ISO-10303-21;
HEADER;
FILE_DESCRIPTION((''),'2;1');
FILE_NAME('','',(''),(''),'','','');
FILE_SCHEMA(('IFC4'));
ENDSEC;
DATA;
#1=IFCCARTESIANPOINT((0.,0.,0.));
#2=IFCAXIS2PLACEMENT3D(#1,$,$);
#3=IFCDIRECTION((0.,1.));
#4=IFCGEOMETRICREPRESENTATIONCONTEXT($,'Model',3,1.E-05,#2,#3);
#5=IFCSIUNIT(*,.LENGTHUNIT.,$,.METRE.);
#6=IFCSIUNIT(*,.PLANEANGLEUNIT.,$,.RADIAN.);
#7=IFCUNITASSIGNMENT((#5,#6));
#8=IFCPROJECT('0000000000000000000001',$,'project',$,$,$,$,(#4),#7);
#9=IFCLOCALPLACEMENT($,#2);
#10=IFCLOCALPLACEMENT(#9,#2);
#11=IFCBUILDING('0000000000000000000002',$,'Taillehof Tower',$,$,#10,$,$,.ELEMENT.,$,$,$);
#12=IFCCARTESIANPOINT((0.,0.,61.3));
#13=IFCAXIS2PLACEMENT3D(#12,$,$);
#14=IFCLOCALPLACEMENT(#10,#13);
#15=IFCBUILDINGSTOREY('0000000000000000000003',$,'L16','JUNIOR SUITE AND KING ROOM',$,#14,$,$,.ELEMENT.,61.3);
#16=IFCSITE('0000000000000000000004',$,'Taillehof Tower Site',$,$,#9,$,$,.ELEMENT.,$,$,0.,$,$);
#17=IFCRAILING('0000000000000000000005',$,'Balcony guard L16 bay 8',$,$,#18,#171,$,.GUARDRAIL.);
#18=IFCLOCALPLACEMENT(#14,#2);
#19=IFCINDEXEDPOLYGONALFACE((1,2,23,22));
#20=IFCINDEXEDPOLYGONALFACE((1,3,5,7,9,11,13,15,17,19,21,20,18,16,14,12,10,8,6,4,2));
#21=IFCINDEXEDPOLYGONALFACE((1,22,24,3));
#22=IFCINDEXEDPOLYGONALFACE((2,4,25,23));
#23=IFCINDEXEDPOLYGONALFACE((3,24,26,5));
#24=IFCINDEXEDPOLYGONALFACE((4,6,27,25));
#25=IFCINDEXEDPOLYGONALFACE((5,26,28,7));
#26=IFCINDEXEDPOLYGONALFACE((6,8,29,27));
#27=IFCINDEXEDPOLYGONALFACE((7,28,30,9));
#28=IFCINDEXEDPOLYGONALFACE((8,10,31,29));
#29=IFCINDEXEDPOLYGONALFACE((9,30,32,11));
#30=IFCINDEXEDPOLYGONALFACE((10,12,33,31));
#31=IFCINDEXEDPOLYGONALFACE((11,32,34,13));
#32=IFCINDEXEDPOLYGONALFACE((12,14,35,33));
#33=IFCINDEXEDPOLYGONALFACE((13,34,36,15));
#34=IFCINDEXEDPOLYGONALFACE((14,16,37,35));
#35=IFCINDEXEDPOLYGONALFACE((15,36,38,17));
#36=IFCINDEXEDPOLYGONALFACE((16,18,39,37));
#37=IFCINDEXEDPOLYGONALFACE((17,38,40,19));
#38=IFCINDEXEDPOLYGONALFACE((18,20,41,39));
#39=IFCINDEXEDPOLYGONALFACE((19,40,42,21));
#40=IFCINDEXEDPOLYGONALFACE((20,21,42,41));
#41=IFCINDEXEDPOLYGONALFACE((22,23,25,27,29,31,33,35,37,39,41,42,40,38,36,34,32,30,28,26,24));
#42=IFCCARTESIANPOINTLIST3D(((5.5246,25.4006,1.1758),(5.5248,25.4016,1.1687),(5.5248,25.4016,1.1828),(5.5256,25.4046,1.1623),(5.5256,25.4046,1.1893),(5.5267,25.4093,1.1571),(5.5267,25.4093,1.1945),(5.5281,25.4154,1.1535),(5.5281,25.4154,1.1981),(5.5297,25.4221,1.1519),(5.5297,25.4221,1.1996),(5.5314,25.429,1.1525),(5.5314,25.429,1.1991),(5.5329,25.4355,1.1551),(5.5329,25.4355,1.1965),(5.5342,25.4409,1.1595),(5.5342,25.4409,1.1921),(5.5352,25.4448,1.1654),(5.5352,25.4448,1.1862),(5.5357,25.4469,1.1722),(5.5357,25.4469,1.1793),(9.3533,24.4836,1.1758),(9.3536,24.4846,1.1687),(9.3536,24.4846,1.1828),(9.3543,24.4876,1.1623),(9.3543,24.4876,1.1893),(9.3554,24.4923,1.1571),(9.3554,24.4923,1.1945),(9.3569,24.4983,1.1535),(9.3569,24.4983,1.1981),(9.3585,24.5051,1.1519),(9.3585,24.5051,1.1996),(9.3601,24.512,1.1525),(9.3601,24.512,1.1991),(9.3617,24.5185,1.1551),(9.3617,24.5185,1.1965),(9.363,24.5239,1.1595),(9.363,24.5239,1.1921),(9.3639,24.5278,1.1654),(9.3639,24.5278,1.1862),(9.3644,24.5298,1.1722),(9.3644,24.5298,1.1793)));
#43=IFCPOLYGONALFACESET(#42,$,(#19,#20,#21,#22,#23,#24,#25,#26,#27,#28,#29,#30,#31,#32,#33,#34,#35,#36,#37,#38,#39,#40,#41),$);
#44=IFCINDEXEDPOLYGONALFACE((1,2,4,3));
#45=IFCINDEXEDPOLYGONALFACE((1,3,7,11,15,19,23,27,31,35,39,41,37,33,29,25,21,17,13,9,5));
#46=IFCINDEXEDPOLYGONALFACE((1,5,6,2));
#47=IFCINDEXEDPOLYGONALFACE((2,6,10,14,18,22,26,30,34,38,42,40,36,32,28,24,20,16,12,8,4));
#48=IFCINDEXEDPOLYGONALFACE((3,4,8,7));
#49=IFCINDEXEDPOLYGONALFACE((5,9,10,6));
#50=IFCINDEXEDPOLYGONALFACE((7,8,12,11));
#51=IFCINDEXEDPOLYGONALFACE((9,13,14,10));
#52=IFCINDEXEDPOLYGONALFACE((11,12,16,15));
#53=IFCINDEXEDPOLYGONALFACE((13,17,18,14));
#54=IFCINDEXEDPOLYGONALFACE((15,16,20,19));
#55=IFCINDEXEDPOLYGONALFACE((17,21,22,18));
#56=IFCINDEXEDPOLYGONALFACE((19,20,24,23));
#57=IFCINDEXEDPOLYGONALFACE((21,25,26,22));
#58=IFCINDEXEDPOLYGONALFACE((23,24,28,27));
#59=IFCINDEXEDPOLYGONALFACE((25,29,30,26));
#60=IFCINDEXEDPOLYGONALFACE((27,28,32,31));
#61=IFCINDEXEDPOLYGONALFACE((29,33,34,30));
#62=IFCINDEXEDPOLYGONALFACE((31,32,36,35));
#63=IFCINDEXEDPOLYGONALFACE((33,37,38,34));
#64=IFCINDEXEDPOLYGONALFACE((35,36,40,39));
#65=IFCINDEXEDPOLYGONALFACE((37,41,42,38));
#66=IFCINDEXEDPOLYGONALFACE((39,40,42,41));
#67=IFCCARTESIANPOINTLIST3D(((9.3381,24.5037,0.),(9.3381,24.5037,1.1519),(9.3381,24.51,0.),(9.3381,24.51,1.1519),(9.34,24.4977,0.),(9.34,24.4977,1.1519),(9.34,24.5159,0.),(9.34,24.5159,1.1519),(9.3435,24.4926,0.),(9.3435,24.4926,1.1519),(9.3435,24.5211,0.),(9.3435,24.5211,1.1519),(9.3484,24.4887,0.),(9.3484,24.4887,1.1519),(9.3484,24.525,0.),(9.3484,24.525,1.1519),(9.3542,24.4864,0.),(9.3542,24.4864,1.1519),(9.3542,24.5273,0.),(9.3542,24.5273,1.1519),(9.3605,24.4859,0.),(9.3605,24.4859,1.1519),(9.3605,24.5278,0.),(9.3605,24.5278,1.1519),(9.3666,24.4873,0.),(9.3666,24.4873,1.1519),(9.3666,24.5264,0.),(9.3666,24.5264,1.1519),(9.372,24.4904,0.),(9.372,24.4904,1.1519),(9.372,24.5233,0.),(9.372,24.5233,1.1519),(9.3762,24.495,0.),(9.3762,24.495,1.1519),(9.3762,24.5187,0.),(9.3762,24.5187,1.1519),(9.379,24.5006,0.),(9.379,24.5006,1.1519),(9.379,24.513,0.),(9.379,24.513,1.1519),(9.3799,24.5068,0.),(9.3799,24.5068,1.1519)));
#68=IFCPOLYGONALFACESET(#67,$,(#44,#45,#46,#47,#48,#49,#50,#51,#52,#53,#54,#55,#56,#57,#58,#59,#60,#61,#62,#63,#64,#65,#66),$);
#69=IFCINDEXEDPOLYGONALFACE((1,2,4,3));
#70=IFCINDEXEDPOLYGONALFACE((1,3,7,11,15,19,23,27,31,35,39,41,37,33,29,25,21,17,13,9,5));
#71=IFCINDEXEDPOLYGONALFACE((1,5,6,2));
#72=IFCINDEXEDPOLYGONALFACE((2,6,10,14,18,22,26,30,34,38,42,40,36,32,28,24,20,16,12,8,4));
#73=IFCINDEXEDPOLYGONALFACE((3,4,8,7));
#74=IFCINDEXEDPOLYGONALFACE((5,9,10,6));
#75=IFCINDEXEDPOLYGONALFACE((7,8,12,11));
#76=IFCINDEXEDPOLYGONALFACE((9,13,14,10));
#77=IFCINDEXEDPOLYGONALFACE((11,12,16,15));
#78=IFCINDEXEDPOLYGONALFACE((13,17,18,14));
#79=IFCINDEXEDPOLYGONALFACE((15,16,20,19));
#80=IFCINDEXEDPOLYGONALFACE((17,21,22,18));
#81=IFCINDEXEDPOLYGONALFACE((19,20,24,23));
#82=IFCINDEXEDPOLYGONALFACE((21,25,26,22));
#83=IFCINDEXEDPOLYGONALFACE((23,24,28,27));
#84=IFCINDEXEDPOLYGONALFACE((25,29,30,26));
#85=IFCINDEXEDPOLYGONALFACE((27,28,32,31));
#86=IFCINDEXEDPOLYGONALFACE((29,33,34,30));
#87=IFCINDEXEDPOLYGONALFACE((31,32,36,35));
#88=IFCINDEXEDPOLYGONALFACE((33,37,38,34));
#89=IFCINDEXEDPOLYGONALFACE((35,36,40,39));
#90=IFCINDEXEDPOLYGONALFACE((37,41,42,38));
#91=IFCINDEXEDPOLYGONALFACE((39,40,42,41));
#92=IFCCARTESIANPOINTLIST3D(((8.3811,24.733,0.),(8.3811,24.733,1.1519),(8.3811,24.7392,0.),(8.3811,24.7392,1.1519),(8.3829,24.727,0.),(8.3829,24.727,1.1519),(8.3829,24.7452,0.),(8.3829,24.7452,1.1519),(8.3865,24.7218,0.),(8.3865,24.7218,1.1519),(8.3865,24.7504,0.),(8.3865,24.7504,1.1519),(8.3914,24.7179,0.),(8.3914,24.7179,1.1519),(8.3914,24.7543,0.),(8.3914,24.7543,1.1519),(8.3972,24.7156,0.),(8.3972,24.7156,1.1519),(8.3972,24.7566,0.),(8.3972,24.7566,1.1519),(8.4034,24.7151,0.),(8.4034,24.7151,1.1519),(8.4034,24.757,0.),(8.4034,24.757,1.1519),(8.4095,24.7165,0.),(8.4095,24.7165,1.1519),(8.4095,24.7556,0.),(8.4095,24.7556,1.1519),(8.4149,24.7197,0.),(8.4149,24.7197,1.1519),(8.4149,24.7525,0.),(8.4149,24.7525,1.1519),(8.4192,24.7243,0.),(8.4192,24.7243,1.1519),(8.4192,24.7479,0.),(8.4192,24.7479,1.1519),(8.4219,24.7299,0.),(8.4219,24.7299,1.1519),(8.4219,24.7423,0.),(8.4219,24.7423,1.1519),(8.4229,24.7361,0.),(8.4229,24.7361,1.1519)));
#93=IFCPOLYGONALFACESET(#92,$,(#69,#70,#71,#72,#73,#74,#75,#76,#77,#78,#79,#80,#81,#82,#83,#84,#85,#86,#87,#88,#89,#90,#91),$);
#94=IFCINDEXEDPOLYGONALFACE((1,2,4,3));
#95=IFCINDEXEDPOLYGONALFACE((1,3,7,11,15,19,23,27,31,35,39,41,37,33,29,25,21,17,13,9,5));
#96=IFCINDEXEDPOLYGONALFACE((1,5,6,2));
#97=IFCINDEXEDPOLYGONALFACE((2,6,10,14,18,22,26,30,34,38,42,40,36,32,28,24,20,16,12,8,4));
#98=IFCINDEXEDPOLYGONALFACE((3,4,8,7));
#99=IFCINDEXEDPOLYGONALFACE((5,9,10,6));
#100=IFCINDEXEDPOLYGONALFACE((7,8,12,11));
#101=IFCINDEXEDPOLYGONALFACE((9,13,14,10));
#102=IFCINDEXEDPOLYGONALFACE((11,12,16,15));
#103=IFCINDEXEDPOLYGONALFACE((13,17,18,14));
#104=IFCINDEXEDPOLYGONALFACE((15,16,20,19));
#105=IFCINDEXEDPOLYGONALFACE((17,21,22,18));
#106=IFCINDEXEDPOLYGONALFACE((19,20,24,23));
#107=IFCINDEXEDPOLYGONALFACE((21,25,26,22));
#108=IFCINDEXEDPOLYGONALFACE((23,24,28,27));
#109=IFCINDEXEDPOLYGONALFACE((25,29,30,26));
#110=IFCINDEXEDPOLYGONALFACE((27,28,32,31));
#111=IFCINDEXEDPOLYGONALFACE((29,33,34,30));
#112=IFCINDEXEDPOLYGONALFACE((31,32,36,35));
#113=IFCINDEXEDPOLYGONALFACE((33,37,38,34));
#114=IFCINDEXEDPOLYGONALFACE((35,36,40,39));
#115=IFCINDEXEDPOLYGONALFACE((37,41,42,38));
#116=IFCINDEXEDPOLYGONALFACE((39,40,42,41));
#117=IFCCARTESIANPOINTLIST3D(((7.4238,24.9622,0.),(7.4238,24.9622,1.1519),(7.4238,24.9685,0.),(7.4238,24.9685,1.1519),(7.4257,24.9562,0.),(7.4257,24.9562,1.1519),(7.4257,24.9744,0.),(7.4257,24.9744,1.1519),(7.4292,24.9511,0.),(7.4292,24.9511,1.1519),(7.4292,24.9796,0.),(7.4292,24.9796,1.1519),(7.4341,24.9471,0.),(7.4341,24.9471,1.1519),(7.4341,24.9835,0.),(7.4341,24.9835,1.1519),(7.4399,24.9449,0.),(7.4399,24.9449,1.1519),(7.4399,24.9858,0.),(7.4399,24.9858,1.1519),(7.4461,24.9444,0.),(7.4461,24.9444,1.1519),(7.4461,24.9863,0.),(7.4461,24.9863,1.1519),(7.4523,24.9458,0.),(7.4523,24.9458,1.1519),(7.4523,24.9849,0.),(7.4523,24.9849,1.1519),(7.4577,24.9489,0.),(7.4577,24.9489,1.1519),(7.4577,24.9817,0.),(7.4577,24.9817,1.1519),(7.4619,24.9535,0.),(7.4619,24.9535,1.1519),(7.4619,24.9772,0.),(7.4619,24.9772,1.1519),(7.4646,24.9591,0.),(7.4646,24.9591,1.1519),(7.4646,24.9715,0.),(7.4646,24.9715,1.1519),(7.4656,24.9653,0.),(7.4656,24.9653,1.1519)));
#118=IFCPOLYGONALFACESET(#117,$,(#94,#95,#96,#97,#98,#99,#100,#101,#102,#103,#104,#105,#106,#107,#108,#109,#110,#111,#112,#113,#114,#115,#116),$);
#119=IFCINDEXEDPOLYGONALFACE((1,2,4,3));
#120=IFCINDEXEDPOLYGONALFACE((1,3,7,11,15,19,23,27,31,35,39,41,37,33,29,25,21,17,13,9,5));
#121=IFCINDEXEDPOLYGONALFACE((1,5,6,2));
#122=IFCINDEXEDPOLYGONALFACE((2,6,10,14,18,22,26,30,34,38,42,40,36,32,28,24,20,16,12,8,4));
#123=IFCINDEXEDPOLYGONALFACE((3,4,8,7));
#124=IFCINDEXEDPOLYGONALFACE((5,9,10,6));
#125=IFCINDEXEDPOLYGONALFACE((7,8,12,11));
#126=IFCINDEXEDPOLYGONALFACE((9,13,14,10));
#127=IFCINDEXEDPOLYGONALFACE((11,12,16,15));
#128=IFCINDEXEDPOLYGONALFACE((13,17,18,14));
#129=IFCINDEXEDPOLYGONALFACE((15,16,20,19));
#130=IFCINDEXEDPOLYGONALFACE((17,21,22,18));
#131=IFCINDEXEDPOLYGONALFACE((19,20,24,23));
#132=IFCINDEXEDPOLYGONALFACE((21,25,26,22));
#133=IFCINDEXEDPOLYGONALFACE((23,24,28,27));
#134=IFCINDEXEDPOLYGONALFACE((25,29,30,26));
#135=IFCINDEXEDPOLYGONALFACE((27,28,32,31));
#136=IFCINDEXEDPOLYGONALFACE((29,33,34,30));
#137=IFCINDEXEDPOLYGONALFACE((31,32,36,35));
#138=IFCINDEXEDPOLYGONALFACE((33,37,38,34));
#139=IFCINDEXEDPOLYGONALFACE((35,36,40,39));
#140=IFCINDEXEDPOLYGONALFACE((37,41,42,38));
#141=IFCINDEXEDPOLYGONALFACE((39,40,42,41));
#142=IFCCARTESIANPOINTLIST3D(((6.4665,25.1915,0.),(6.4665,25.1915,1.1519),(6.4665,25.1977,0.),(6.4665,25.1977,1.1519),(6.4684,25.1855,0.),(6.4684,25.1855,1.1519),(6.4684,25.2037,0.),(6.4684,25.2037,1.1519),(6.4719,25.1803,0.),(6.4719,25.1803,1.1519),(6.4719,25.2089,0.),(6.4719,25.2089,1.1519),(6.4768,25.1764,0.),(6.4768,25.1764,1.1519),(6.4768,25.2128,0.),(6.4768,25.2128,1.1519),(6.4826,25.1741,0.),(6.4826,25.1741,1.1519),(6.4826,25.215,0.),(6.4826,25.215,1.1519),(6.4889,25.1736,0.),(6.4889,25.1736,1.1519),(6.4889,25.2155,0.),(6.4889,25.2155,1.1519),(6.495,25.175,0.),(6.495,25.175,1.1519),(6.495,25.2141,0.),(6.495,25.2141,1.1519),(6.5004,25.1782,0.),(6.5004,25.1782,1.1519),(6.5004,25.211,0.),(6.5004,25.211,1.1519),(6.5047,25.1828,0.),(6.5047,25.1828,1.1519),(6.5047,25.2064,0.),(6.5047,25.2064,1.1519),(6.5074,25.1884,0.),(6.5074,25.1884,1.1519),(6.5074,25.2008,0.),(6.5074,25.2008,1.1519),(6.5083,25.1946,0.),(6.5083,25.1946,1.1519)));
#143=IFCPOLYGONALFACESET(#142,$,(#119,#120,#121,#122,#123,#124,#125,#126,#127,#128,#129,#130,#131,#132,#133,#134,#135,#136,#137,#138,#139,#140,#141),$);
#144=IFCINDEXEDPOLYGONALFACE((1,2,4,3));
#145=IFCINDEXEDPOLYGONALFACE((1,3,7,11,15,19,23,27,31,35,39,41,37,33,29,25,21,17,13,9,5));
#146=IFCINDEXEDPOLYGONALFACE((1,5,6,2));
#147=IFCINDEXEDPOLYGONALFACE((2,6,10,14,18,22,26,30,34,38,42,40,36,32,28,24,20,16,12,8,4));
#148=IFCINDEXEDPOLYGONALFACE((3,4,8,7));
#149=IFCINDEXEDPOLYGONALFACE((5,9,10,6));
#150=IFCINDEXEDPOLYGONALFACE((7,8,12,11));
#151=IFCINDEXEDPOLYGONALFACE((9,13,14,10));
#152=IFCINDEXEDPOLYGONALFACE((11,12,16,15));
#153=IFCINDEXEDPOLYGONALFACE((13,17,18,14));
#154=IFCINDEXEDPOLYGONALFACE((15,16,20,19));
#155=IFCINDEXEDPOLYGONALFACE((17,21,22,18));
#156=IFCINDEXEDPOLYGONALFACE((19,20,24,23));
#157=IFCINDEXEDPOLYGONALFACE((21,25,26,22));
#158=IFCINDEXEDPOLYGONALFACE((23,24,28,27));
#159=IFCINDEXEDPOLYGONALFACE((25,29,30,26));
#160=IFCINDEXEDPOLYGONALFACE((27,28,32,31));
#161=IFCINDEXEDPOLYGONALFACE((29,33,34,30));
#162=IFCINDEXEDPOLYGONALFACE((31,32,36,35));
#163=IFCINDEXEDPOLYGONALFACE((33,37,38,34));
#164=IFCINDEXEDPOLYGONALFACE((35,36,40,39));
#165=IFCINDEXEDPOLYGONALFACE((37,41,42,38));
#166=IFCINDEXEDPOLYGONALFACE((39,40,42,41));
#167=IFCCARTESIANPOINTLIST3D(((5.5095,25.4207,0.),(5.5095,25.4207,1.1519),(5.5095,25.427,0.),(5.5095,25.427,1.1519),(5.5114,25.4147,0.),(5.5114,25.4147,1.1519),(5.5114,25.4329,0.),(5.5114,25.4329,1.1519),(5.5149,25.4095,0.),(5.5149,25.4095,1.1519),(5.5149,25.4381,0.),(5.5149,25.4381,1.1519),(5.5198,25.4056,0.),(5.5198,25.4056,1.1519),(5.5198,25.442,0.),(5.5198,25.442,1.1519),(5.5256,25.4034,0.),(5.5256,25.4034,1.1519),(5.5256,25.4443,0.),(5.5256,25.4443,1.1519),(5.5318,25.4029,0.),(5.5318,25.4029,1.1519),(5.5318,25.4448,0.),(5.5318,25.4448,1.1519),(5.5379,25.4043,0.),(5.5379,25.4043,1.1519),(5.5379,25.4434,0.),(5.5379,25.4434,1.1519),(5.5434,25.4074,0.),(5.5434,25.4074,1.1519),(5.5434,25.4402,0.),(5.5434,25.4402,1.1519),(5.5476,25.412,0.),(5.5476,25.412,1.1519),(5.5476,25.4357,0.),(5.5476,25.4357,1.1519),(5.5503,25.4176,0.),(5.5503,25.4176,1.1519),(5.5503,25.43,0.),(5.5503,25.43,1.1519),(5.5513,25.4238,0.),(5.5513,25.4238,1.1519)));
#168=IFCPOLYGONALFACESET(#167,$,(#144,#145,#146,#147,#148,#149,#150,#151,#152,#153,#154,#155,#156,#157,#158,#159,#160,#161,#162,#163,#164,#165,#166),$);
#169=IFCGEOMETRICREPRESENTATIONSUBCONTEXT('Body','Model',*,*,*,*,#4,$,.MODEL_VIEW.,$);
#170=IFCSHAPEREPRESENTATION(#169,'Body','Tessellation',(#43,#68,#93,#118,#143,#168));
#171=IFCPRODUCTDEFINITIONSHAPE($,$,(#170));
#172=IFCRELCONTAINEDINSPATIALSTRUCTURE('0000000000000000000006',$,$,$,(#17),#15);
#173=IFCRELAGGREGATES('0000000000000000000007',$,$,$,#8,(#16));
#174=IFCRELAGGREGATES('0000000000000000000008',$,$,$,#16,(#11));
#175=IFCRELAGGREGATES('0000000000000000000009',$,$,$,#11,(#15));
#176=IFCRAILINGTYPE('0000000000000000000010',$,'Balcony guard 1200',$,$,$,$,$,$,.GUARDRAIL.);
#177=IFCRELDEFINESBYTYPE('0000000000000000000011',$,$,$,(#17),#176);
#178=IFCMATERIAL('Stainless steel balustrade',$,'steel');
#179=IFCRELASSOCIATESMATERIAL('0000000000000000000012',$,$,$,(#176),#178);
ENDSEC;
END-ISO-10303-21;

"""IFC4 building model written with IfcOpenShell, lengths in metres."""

from ifc_helpers import new_model, si_unit, direction, frame, origin, origin_2d, place, context, subcontext, project, spatial, circle, extrude, material, type_object, element, save


model = new_model("IFC4")

# Units and contexts
model_context = context("Model", 3, precision=1e-05, world=origin(), true_north=direction((0.0, 1.0)))
body_context = subcontext(model_context, "Body", "Model", "MODEL_VIEW")
ifc_project = project(units=[si_unit("LENGTHUNIT", "METRE"), si_unit("PLANEANGLEUNIT", "RADIAN")], contexts=[model_context])

# Site, building, storey
site_placement = place(None, origin())
site = spatial("IfcSite", under=ifc_project, at=site_placement, Name="Taillehof Tower Site", CompositionType="ELEMENT", RefElevation=0.0)
building_placement = place(site_placement, origin())
building = spatial("IfcBuilding", under=site, at=building_placement, Name="Taillehof Tower", CompositionType="ELEMENT")
storey_placement = place(building_placement, frame((0.0, 0.0, 61.3)))
storey = spatial("IfcBuildingStorey", under=building, at=storey_placement, Name="L16", Description="JUNIOR SUITE AND KING ROOM", CompositionType="ELEMENT", Elevation=61.3)

# Railing
ifc_material_1 = material(Name="Stainless steel balustrade", Category="steel")
railing_type = type_object("IfcRailingType", Name="Balcony guard 1200", PredefinedType="GUARDRAIL", material=ifc_material_1)
railing_placement = place(storey_placement, frame((9.3589, 24.5068, 0.0)))
element("IfcRailing", 1, at=railing_placement, inside=storey, type_object=railing_type, Name="Balcony guard L16 bay 8", PredefinedType="GUARDRAIL", context=body_context, shape_type="SweptSolid", body=[
    extrude(circle(Radius=0.0239, at=origin_2d()), frame((0.0, 0.0, 1.1758), z_axis=(-0.972495, 0.232923, 0.0), x_axis=(-0.232923, -0.972495, 0.0)), (0.0, 0.0, 1.0), 3.937),
    extrude(circle(Radius=0.021, at=origin_2d()), origin(), (0.0, 0.0, 1.0), 1.1519),
    extrude(circle(Radius=0.021, at=origin_2d()), frame((-0.957, 0.2292, 0.0)), (0.0, 0.0, 1.0), 1.1519),
    extrude(circle(Radius=0.021, at=origin_2d()), frame((-1.9143, 0.4585, 0.0)), (0.0, 0.0, 1.0), 1.1519),
    extrude(circle(Radius=0.021, at=origin_2d()), frame((-2.8716, 0.6877, 0.0)), (0.0, 0.0, 1.0), 1.1519),
    extrude(circle(Radius=0.021, at=origin_2d()), frame((-3.8286, 0.917, 0.0)), (0.0, 0.0, 1.0), 1.1519),
])

save(model, "model.ifc")
